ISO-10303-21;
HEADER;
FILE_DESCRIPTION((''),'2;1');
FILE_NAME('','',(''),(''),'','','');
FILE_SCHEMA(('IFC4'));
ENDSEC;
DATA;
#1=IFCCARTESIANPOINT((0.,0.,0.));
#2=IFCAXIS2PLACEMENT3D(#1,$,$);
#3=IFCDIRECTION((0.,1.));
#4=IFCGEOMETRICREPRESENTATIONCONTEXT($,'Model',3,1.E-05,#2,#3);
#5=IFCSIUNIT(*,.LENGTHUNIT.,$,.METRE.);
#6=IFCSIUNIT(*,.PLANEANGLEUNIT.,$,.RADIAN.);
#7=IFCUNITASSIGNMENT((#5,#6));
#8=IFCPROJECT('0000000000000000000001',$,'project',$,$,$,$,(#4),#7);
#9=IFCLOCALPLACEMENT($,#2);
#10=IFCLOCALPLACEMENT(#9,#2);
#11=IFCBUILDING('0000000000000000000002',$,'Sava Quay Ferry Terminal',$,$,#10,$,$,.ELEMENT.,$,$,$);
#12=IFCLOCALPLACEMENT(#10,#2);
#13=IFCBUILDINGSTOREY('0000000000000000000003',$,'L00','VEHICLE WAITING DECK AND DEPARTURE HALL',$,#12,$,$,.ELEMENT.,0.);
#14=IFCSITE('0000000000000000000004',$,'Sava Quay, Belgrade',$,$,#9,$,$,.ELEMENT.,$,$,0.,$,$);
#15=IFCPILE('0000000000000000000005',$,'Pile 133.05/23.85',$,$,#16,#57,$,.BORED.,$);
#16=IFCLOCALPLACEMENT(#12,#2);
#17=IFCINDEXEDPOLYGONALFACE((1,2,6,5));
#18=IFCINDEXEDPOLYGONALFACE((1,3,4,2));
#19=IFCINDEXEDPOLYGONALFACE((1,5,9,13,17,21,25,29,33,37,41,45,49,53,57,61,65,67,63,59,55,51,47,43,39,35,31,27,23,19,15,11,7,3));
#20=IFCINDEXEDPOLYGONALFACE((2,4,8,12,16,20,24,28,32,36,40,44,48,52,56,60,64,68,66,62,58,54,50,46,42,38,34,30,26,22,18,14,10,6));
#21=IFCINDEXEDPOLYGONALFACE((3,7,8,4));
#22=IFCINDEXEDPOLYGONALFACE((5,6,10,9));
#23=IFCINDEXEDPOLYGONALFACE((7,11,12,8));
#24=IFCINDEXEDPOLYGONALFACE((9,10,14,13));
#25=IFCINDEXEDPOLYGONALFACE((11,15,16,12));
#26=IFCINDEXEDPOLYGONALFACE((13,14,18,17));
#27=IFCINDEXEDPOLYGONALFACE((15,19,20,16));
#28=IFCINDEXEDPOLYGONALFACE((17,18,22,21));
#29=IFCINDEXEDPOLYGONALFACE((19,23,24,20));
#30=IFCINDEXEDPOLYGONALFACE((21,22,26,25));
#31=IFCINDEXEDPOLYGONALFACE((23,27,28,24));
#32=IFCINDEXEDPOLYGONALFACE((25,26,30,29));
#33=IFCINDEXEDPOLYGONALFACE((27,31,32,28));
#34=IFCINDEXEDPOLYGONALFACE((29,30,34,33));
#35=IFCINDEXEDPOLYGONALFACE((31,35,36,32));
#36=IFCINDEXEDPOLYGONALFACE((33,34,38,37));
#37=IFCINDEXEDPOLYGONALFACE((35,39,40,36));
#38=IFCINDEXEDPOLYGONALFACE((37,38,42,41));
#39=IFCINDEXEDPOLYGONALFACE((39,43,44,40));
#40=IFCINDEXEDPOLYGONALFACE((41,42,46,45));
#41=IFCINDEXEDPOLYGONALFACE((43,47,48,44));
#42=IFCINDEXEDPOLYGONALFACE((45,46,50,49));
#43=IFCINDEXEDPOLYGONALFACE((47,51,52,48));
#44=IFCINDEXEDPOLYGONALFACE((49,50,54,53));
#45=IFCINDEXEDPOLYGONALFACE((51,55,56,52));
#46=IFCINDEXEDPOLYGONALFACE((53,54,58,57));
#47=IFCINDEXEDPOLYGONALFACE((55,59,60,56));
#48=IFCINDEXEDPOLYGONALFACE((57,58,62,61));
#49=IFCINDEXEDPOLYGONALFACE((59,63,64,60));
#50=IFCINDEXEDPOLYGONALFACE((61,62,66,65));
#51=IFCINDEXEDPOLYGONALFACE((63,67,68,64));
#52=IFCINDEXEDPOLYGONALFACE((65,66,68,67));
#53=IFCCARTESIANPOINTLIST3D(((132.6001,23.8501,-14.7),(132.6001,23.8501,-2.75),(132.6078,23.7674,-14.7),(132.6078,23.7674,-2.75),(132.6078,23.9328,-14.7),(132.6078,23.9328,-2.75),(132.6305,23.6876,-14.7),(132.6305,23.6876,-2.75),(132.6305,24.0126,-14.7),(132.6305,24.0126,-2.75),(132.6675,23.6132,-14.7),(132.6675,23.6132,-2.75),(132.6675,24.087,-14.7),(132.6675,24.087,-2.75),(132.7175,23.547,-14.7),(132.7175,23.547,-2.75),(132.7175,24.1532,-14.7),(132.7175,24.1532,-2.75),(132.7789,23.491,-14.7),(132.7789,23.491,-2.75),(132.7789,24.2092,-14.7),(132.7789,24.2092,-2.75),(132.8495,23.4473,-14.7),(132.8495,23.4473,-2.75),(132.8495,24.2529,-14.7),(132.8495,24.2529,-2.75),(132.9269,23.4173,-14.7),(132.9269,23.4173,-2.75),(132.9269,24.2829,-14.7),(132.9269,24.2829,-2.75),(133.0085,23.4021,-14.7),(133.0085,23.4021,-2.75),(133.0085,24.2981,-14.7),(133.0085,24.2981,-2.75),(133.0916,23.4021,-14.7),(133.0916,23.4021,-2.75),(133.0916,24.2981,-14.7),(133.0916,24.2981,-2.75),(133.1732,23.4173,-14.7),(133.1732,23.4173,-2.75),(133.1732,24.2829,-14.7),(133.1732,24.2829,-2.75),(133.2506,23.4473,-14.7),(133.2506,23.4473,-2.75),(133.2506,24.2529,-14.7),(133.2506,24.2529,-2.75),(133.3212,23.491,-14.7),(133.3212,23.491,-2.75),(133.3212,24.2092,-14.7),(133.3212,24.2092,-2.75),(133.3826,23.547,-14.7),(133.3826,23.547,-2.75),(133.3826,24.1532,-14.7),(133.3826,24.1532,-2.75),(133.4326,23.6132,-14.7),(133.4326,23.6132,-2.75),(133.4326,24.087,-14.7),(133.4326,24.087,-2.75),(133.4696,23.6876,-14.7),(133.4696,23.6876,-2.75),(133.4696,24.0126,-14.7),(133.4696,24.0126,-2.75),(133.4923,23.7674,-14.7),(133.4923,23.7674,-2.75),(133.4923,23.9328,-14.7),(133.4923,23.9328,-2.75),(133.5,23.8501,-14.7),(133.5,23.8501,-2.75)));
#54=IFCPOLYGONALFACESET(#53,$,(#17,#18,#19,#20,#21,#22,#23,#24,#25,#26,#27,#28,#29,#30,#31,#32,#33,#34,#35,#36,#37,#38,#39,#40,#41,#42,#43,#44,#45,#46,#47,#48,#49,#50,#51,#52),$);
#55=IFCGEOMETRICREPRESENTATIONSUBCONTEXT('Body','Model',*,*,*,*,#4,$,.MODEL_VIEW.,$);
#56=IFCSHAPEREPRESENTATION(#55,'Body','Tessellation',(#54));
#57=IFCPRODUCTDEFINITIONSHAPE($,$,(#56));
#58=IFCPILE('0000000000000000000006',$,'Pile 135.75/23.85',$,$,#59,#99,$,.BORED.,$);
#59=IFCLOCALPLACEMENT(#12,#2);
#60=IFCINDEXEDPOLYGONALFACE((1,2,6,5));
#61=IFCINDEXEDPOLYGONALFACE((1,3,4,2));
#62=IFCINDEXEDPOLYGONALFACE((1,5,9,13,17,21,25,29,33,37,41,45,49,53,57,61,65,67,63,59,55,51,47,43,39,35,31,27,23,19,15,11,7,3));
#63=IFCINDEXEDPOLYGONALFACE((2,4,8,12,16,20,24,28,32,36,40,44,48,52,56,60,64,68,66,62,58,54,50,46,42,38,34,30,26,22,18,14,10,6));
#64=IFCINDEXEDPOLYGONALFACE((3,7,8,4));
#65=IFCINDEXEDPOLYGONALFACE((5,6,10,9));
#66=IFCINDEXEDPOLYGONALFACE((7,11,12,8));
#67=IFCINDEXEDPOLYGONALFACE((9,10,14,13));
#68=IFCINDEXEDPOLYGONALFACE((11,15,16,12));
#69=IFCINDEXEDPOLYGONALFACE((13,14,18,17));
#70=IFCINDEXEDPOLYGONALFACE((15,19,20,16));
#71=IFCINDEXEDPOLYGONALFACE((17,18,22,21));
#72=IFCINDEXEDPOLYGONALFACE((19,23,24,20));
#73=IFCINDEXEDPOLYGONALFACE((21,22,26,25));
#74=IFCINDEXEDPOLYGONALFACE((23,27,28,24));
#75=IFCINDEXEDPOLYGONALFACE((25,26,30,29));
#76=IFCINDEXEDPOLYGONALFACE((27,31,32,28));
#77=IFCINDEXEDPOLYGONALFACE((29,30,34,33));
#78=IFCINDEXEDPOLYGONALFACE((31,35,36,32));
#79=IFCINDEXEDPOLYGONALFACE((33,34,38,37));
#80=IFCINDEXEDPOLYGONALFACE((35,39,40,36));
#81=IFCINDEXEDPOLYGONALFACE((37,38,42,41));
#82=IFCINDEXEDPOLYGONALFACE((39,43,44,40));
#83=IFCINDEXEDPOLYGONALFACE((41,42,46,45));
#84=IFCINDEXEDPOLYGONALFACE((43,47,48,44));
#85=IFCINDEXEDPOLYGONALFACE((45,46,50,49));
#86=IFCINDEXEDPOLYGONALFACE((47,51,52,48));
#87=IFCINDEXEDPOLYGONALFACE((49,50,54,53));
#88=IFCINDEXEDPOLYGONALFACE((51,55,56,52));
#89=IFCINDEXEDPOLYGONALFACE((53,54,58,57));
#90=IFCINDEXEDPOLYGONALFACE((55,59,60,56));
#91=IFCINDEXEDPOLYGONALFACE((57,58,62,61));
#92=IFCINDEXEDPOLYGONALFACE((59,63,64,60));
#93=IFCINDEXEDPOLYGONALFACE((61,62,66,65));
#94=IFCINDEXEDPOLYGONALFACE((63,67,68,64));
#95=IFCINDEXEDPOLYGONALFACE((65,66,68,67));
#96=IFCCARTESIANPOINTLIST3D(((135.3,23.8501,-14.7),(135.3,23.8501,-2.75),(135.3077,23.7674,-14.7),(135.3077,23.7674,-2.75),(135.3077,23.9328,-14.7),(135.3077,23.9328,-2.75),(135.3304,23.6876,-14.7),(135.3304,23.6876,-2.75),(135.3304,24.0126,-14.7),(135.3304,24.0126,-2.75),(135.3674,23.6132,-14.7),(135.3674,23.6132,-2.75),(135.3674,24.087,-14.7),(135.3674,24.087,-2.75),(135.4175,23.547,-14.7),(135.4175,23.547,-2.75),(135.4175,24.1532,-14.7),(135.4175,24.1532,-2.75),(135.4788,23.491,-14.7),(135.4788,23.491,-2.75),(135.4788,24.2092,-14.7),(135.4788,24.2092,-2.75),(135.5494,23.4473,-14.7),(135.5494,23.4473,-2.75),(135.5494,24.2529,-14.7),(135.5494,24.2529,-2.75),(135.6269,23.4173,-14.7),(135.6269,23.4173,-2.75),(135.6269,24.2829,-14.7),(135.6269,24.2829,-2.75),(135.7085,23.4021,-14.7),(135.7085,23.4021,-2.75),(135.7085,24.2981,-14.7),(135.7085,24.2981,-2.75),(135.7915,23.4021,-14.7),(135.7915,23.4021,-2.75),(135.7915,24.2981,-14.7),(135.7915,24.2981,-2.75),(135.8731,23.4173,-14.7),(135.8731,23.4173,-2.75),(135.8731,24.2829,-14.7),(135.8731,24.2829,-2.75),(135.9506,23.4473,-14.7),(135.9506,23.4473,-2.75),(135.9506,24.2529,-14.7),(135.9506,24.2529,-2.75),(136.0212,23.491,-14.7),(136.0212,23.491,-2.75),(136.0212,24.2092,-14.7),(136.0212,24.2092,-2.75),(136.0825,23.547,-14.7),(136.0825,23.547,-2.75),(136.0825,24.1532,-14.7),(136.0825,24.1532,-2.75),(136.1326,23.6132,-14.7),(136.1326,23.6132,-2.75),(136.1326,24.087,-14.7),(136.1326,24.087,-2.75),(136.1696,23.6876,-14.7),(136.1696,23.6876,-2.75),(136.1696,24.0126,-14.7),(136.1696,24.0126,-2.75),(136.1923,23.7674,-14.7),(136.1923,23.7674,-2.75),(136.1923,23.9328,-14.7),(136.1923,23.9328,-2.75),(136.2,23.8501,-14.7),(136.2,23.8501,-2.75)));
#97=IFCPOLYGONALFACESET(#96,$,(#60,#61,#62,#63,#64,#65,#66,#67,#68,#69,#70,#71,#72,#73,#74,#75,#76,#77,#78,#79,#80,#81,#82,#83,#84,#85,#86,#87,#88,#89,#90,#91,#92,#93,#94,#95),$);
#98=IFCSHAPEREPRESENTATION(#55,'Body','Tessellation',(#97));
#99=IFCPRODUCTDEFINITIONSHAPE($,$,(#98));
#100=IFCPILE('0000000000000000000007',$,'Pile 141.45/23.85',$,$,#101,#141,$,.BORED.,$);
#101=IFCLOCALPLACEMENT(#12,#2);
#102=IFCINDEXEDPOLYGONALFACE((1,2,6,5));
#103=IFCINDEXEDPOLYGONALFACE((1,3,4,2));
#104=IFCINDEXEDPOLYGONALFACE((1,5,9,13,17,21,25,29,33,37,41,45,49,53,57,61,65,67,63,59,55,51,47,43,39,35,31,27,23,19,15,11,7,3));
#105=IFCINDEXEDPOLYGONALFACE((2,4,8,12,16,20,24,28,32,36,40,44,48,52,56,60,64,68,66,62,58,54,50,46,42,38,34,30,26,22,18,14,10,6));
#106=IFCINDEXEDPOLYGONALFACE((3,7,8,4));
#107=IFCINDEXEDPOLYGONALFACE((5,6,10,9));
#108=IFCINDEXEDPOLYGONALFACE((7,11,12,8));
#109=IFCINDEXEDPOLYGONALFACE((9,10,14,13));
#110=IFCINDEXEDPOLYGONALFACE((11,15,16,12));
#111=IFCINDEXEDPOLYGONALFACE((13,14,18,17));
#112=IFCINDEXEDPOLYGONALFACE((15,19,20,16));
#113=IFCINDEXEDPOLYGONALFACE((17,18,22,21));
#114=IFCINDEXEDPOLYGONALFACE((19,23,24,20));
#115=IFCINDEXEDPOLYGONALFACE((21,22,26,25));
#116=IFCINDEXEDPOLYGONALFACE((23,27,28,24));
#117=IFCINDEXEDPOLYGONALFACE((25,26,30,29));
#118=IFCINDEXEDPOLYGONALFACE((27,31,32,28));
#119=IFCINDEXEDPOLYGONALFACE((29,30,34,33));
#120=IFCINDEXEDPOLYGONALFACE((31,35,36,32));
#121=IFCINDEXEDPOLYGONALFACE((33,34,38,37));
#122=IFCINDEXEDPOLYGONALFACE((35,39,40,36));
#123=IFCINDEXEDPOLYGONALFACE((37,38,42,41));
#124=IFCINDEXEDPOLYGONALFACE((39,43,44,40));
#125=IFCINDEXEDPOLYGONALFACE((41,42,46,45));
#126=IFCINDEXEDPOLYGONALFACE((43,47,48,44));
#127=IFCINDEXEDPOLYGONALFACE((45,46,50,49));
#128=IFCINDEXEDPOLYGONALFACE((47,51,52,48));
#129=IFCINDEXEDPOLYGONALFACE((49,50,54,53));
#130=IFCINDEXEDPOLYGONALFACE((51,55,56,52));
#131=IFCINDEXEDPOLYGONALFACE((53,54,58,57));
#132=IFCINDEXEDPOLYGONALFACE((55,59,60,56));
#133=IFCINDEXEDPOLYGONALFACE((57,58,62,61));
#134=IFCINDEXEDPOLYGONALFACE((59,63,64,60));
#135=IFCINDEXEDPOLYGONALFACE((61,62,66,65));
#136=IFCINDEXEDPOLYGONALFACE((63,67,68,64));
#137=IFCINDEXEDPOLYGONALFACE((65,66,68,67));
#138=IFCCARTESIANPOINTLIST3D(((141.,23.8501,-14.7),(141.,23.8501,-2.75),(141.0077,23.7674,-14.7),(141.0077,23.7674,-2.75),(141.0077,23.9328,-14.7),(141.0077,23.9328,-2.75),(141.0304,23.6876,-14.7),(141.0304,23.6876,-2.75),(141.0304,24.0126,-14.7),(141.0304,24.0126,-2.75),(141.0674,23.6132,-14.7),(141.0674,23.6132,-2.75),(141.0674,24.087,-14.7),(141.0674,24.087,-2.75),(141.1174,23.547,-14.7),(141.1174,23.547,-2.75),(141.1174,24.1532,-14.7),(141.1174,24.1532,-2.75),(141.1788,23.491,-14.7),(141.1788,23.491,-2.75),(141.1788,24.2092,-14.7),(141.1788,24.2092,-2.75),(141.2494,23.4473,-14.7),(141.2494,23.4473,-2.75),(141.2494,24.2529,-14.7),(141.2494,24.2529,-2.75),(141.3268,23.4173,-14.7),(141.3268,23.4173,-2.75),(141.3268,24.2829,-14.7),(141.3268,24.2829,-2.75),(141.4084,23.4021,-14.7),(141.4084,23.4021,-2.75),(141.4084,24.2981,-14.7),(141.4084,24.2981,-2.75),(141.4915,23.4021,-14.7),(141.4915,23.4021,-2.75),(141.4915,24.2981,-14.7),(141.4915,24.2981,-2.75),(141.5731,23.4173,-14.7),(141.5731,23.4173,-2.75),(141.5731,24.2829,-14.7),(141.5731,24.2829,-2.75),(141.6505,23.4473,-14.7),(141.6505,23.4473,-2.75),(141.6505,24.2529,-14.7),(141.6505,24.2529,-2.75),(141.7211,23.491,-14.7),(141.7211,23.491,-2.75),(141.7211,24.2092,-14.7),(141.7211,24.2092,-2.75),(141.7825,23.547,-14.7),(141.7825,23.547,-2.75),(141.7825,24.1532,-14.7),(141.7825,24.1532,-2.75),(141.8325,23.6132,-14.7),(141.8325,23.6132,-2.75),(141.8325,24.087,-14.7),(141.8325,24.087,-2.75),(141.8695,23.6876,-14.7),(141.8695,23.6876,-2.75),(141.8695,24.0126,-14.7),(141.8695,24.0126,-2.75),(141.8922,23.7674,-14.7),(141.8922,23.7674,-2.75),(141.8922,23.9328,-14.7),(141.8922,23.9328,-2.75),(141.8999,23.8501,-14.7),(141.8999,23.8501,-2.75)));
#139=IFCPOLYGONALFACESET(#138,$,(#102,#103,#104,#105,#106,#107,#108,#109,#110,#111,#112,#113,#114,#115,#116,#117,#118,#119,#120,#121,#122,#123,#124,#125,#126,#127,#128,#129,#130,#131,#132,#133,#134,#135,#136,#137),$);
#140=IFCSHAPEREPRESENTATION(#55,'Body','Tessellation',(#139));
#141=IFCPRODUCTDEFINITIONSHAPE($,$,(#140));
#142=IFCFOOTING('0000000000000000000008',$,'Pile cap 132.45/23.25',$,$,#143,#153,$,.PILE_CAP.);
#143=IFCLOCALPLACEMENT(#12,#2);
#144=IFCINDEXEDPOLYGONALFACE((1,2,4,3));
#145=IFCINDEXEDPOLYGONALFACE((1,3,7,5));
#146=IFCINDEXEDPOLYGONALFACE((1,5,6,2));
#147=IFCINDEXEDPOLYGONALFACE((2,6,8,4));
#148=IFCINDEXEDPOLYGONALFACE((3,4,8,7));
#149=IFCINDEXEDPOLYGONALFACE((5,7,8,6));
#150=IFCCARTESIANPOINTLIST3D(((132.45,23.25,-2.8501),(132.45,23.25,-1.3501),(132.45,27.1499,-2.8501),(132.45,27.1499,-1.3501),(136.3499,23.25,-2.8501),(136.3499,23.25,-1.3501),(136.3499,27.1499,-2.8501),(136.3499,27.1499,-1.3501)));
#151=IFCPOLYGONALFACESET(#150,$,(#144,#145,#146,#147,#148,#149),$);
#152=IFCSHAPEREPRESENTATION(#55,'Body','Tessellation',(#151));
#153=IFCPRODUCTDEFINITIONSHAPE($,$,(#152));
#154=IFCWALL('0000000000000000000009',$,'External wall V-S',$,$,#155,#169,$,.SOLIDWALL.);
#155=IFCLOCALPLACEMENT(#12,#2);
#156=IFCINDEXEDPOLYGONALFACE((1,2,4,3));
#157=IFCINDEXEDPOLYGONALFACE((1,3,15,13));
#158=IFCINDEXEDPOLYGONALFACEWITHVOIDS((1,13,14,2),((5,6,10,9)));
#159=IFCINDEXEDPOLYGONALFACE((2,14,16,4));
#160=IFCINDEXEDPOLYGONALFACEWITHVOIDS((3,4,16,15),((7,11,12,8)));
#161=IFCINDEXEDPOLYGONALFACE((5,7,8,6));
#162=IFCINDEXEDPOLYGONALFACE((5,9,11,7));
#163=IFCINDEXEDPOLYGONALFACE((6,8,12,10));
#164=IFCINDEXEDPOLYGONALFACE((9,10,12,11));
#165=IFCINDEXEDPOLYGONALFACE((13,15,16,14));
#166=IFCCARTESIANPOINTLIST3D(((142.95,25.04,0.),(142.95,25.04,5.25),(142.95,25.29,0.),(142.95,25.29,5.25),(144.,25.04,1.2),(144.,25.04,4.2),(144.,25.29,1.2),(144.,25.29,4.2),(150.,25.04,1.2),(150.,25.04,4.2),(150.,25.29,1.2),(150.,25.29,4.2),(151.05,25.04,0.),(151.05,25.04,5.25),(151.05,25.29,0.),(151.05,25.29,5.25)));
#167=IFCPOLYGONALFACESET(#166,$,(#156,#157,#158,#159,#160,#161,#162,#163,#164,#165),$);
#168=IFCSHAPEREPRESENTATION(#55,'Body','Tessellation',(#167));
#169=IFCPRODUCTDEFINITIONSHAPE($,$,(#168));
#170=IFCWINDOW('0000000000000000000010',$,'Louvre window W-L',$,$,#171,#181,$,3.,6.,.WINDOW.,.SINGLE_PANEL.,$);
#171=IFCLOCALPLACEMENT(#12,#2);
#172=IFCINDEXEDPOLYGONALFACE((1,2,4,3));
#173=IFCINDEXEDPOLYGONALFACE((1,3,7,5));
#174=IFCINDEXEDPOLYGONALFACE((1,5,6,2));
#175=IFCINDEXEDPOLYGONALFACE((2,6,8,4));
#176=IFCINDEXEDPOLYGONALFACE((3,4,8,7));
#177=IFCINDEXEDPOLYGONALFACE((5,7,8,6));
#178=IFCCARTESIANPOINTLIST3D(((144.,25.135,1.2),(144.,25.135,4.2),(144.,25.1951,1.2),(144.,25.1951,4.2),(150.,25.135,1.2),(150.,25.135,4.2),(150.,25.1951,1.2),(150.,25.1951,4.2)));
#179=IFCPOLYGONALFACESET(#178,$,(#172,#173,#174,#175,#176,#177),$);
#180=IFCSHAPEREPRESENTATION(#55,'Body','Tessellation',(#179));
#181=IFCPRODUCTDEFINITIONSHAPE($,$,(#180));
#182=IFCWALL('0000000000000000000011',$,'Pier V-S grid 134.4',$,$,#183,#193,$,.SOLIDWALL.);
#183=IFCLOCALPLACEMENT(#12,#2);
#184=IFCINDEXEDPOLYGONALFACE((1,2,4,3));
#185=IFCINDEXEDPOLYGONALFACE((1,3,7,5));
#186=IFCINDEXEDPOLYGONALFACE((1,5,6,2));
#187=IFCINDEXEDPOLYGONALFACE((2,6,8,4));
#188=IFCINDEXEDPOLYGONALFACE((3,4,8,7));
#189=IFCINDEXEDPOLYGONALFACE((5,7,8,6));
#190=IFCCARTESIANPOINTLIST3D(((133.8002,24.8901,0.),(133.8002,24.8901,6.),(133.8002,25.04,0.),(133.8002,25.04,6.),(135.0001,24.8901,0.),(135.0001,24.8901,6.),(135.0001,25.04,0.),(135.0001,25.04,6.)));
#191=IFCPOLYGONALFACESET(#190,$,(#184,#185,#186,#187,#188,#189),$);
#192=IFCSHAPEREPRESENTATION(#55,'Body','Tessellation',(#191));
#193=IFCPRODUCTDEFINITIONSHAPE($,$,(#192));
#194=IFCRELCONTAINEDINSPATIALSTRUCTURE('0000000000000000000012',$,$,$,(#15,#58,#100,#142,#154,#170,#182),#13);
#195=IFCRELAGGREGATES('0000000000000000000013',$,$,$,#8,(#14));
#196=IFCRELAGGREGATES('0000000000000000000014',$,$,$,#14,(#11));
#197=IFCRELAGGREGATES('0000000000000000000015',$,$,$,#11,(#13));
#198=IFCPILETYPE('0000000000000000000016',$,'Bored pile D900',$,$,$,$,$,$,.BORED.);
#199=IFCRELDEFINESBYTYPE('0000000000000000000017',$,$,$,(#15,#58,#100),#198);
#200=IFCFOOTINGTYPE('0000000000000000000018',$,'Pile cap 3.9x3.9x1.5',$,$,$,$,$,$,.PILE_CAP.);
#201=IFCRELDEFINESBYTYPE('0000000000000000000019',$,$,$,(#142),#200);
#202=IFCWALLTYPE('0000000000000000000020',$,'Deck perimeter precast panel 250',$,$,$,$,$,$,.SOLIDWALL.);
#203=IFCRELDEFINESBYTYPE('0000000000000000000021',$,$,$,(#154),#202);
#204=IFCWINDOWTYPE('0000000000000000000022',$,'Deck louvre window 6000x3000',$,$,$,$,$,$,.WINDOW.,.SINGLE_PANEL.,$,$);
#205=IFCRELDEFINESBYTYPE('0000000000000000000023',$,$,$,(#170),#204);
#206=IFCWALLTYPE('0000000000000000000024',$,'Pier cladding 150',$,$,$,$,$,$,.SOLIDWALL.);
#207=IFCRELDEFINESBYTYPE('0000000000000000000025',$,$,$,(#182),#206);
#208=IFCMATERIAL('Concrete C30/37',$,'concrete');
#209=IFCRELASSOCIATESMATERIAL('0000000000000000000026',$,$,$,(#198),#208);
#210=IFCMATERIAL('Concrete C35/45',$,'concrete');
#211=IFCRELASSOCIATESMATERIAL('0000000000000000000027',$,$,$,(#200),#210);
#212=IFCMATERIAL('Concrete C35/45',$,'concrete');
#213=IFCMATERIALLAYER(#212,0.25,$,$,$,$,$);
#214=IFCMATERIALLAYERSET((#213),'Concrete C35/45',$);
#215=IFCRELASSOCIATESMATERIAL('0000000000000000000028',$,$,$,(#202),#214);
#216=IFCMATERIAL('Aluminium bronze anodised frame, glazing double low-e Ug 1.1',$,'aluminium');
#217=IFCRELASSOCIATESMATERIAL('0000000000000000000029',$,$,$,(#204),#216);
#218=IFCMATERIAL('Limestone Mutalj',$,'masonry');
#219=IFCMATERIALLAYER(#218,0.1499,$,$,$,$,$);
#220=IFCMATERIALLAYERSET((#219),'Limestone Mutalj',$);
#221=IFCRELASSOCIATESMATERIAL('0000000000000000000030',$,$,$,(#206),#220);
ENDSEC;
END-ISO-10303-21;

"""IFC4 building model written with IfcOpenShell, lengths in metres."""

from ifc_helpers import new_model, si_unit, direction, frame, frame_2d, origin, origin_2d, place, context, subcontext, project, spatial, rectangle, circle, extrude, material, layer, layer_set, material_profile, profile_set, type_object, element, fill, save


model = new_model("IFC4")

# Units and contexts
model_context = context("Model", 3, precision=1e-05, world=origin(), true_north=direction((0.0, 1.0)))
body_context = subcontext(model_context, "Body", "Model", "MODEL_VIEW")
ifc_project = project(units=[si_unit("LENGTHUNIT", "METRE"), si_unit("PLANEANGLEUNIT", "RADIAN")], contexts=[model_context])

# Site, building, storey
site_placement = place(None, origin())
site = spatial("IfcSite", under=ifc_project, at=site_placement, Name="Sava Quay, Belgrade", CompositionType="ELEMENT", RefElevation=0.0)
building_placement = place(site_placement, origin())
building = spatial("IfcBuilding", under=site, at=building_placement, Name="Sava Quay Ferry Terminal", CompositionType="ELEMENT")
storey_placement = place(building_placement, origin())
storey = spatial("IfcBuildingStorey", under=building, at=storey_placement, Name="L00", Description="VEHICLE WAITING DECK AND DEPARTURE HALL", CompositionType="ELEMENT", Elevation=0.0)

# Piles
ifc_material_1 = material(Name="Concrete C30/37", Category="concrete")
ifc_material_profile = material_profile(ifc_material_1, circle(Radius=0.45, at=origin_2d()), Name="Bored pile D900")
ifc_profile_set = profile_set([ifc_material_profile], Name="Concrete C30/37")
pile_type = type_object("IfcPileType", Name="Bored pile D900", PredefinedType="BORED", material=ifc_profile_set)
for number, where, z_axis, x_axis, name in (
    (1, (133.05, 23.8501, -2.75), (0.0, 0.0, -1.0), (1.0, 0.0, 0.0), "Pile 133.05/23.85"),
    (2, (135.75, 23.8501, -2.75), (0.0, 0.0, -1.0), (1.0, 0.0, 0.0), "Pile 135.75/23.85"),
    (3, (141.45, 23.8501, -2.75), (0.0, 0.0, -1.0), (1.0, 0.0, 0.0), "Pile 141.45/23.85"),
):
    element("IfcPile", number, at=place(storey_placement, frame(where, z_axis=z_axis, x_axis=x_axis)), inside=storey, type_object=pile_type, Name=name, PredefinedType="BORED", context=body_context, shape_type="SweptSolid", body=[
        extrude(circle(Radius=0.45, at=origin_2d()), origin(), (0.0, 0.0, 1.0), 11.95),
    ])

# Footing
ifc_material_2 = material(Name="Concrete C35/45", Category="concrete")
footing_type = type_object("IfcFootingType", Name="Pile cap 3.9x3.9x1.5", PredefinedType="PILE_CAP", material=ifc_material_2)
footing_placement = place(storey_placement, frame((134.3999, 25.2, -2.8501), z_axis=(0.0, 0.0, 1.0), x_axis=(1.0, 0.0, 0.0)))
element("IfcFooting", 4, at=footing_placement, inside=storey, type_object=footing_type, Name="Pile cap 132.45/23.25", PredefinedType="PILE_CAP", context=body_context, shape_type="SweptSolid", body=[
    extrude(rectangle(XDim=3.8999, YDim=3.8999, at=origin_2d()), origin(), (0.0, 0.0, 1.0), 1.5),
])

# Shared definitions
ifc_material_3 = material(Name="Concrete C35/45", Category="concrete")
ifc_layer_1 = layer(ifc_material_3, 0.25)
ifc_layer_set_1 = layer_set([ifc_layer_1], Name="Concrete C35/45")
wall_type_1 = type_object("IfcWallType", Name="Deck perimeter precast panel 250", PredefinedType="SOLIDWALL", material=ifc_layer_set_1)

# Wall, opening, window
wall_1_placement = place(storey_placement, frame((142.95, 25.165, 0.0), z_axis=(0.0, 0.0, 1.0), x_axis=(1.0, 0.0, 0.0)))
wall_1 = element("IfcWall", 5, at=wall_1_placement, inside=storey, type_object=wall_type_1, Name="External wall V-S", PredefinedType="SOLIDWALL", context=body_context, shape_type="SweptSolid", body=[
    extrude(rectangle(XDim=8.1001, YDim=0.25, at=frame_2d((4.05, 0.0))), origin(), (0.0, 0.0, 1.0), 5.25),
])
opening_1_placement = place(wall_1_placement, frame((1.05, 0.0, 1.2)))
opening_1 = element("IfcOpeningElement", 6, at=opening_1_placement, cuts=wall_1, PredefinedType="OPENING", context=body_context, shape_type="SweptSolid", body=[
    extrude(rectangle(XDim=6.0, YDim=3.0, at=frame_2d((3.0, 1.5))), frame((0.0, 0.125, 0.0), z_axis=(0.0, -1.0, 0.0), x_axis=(1.0, 0.0, 0.0)), (0.0, 0.0, 1.0), 0.25),
])
ifc_material_4 = material(Name="Aluminium bronze anodised frame, glazing double low-e Ug 1.1", Category="aluminium")
window_type = type_object("IfcWindowType", Name="Deck louvre window 6000x3000", PartitioningType="SINGLE_PANEL", PredefinedType="WINDOW", material=ifc_material_4)
window_placement = place(opening_1_placement, origin())
window = element("IfcWindow", 7, at=window_placement, inside=storey, type_object=window_type, Name="Louvre window W-L", OverallHeight=3.0, OverallWidth=6.0, PartitioningType="SINGLE_PANEL", PredefinedType="WINDOW", context=body_context, shape_type="SweptSolid", body=[
    extrude(rectangle(XDim=6.0, YDim=3.0, at=frame_2d((3.0, 1.5))), frame((0.0, 0.03, 0.0), z_axis=(0.0, -1.0, 0.0), x_axis=(1.0, 0.0, 0.0)), (0.0, 0.0, 1.0), 0.0601),
])
fill(opening_1, window)

# Wall
ifc_material_5 = material(Name="Limestone Mutalj", Category="masonry")
ifc_layer_2 = layer(ifc_material_5, 0.1499)
ifc_layer_set_2 = layer_set([ifc_layer_2], Name="Limestone Mutalj")
wall_type_2 = type_object("IfcWallType", Name="Pier cladding 150", PredefinedType="SOLIDWALL", material=ifc_layer_set_2)
for number, where, z_axis, x_axis, name in (
    (8, (133.8, 24.9651, 0.0), (0.0, 0.0, 1.0), (1.0, 0.0, 0.0), "Pier V-S grid 134.4"),
):
    element("IfcWall", number, at=place(storey_placement, frame(where, z_axis=z_axis, x_axis=x_axis)), inside=storey, type_object=wall_type_2, Name=name, PredefinedType="SOLIDWALL", context=body_context, shape_type="SweptSolid", body=[
        extrude(rectangle(XDim=1.2, YDim=0.1499, at=frame_2d((0.6001, 0.0))), origin(), (0.0, 0.0, 1.0), 6.0),
    ])

save(model, "model.ifc")
